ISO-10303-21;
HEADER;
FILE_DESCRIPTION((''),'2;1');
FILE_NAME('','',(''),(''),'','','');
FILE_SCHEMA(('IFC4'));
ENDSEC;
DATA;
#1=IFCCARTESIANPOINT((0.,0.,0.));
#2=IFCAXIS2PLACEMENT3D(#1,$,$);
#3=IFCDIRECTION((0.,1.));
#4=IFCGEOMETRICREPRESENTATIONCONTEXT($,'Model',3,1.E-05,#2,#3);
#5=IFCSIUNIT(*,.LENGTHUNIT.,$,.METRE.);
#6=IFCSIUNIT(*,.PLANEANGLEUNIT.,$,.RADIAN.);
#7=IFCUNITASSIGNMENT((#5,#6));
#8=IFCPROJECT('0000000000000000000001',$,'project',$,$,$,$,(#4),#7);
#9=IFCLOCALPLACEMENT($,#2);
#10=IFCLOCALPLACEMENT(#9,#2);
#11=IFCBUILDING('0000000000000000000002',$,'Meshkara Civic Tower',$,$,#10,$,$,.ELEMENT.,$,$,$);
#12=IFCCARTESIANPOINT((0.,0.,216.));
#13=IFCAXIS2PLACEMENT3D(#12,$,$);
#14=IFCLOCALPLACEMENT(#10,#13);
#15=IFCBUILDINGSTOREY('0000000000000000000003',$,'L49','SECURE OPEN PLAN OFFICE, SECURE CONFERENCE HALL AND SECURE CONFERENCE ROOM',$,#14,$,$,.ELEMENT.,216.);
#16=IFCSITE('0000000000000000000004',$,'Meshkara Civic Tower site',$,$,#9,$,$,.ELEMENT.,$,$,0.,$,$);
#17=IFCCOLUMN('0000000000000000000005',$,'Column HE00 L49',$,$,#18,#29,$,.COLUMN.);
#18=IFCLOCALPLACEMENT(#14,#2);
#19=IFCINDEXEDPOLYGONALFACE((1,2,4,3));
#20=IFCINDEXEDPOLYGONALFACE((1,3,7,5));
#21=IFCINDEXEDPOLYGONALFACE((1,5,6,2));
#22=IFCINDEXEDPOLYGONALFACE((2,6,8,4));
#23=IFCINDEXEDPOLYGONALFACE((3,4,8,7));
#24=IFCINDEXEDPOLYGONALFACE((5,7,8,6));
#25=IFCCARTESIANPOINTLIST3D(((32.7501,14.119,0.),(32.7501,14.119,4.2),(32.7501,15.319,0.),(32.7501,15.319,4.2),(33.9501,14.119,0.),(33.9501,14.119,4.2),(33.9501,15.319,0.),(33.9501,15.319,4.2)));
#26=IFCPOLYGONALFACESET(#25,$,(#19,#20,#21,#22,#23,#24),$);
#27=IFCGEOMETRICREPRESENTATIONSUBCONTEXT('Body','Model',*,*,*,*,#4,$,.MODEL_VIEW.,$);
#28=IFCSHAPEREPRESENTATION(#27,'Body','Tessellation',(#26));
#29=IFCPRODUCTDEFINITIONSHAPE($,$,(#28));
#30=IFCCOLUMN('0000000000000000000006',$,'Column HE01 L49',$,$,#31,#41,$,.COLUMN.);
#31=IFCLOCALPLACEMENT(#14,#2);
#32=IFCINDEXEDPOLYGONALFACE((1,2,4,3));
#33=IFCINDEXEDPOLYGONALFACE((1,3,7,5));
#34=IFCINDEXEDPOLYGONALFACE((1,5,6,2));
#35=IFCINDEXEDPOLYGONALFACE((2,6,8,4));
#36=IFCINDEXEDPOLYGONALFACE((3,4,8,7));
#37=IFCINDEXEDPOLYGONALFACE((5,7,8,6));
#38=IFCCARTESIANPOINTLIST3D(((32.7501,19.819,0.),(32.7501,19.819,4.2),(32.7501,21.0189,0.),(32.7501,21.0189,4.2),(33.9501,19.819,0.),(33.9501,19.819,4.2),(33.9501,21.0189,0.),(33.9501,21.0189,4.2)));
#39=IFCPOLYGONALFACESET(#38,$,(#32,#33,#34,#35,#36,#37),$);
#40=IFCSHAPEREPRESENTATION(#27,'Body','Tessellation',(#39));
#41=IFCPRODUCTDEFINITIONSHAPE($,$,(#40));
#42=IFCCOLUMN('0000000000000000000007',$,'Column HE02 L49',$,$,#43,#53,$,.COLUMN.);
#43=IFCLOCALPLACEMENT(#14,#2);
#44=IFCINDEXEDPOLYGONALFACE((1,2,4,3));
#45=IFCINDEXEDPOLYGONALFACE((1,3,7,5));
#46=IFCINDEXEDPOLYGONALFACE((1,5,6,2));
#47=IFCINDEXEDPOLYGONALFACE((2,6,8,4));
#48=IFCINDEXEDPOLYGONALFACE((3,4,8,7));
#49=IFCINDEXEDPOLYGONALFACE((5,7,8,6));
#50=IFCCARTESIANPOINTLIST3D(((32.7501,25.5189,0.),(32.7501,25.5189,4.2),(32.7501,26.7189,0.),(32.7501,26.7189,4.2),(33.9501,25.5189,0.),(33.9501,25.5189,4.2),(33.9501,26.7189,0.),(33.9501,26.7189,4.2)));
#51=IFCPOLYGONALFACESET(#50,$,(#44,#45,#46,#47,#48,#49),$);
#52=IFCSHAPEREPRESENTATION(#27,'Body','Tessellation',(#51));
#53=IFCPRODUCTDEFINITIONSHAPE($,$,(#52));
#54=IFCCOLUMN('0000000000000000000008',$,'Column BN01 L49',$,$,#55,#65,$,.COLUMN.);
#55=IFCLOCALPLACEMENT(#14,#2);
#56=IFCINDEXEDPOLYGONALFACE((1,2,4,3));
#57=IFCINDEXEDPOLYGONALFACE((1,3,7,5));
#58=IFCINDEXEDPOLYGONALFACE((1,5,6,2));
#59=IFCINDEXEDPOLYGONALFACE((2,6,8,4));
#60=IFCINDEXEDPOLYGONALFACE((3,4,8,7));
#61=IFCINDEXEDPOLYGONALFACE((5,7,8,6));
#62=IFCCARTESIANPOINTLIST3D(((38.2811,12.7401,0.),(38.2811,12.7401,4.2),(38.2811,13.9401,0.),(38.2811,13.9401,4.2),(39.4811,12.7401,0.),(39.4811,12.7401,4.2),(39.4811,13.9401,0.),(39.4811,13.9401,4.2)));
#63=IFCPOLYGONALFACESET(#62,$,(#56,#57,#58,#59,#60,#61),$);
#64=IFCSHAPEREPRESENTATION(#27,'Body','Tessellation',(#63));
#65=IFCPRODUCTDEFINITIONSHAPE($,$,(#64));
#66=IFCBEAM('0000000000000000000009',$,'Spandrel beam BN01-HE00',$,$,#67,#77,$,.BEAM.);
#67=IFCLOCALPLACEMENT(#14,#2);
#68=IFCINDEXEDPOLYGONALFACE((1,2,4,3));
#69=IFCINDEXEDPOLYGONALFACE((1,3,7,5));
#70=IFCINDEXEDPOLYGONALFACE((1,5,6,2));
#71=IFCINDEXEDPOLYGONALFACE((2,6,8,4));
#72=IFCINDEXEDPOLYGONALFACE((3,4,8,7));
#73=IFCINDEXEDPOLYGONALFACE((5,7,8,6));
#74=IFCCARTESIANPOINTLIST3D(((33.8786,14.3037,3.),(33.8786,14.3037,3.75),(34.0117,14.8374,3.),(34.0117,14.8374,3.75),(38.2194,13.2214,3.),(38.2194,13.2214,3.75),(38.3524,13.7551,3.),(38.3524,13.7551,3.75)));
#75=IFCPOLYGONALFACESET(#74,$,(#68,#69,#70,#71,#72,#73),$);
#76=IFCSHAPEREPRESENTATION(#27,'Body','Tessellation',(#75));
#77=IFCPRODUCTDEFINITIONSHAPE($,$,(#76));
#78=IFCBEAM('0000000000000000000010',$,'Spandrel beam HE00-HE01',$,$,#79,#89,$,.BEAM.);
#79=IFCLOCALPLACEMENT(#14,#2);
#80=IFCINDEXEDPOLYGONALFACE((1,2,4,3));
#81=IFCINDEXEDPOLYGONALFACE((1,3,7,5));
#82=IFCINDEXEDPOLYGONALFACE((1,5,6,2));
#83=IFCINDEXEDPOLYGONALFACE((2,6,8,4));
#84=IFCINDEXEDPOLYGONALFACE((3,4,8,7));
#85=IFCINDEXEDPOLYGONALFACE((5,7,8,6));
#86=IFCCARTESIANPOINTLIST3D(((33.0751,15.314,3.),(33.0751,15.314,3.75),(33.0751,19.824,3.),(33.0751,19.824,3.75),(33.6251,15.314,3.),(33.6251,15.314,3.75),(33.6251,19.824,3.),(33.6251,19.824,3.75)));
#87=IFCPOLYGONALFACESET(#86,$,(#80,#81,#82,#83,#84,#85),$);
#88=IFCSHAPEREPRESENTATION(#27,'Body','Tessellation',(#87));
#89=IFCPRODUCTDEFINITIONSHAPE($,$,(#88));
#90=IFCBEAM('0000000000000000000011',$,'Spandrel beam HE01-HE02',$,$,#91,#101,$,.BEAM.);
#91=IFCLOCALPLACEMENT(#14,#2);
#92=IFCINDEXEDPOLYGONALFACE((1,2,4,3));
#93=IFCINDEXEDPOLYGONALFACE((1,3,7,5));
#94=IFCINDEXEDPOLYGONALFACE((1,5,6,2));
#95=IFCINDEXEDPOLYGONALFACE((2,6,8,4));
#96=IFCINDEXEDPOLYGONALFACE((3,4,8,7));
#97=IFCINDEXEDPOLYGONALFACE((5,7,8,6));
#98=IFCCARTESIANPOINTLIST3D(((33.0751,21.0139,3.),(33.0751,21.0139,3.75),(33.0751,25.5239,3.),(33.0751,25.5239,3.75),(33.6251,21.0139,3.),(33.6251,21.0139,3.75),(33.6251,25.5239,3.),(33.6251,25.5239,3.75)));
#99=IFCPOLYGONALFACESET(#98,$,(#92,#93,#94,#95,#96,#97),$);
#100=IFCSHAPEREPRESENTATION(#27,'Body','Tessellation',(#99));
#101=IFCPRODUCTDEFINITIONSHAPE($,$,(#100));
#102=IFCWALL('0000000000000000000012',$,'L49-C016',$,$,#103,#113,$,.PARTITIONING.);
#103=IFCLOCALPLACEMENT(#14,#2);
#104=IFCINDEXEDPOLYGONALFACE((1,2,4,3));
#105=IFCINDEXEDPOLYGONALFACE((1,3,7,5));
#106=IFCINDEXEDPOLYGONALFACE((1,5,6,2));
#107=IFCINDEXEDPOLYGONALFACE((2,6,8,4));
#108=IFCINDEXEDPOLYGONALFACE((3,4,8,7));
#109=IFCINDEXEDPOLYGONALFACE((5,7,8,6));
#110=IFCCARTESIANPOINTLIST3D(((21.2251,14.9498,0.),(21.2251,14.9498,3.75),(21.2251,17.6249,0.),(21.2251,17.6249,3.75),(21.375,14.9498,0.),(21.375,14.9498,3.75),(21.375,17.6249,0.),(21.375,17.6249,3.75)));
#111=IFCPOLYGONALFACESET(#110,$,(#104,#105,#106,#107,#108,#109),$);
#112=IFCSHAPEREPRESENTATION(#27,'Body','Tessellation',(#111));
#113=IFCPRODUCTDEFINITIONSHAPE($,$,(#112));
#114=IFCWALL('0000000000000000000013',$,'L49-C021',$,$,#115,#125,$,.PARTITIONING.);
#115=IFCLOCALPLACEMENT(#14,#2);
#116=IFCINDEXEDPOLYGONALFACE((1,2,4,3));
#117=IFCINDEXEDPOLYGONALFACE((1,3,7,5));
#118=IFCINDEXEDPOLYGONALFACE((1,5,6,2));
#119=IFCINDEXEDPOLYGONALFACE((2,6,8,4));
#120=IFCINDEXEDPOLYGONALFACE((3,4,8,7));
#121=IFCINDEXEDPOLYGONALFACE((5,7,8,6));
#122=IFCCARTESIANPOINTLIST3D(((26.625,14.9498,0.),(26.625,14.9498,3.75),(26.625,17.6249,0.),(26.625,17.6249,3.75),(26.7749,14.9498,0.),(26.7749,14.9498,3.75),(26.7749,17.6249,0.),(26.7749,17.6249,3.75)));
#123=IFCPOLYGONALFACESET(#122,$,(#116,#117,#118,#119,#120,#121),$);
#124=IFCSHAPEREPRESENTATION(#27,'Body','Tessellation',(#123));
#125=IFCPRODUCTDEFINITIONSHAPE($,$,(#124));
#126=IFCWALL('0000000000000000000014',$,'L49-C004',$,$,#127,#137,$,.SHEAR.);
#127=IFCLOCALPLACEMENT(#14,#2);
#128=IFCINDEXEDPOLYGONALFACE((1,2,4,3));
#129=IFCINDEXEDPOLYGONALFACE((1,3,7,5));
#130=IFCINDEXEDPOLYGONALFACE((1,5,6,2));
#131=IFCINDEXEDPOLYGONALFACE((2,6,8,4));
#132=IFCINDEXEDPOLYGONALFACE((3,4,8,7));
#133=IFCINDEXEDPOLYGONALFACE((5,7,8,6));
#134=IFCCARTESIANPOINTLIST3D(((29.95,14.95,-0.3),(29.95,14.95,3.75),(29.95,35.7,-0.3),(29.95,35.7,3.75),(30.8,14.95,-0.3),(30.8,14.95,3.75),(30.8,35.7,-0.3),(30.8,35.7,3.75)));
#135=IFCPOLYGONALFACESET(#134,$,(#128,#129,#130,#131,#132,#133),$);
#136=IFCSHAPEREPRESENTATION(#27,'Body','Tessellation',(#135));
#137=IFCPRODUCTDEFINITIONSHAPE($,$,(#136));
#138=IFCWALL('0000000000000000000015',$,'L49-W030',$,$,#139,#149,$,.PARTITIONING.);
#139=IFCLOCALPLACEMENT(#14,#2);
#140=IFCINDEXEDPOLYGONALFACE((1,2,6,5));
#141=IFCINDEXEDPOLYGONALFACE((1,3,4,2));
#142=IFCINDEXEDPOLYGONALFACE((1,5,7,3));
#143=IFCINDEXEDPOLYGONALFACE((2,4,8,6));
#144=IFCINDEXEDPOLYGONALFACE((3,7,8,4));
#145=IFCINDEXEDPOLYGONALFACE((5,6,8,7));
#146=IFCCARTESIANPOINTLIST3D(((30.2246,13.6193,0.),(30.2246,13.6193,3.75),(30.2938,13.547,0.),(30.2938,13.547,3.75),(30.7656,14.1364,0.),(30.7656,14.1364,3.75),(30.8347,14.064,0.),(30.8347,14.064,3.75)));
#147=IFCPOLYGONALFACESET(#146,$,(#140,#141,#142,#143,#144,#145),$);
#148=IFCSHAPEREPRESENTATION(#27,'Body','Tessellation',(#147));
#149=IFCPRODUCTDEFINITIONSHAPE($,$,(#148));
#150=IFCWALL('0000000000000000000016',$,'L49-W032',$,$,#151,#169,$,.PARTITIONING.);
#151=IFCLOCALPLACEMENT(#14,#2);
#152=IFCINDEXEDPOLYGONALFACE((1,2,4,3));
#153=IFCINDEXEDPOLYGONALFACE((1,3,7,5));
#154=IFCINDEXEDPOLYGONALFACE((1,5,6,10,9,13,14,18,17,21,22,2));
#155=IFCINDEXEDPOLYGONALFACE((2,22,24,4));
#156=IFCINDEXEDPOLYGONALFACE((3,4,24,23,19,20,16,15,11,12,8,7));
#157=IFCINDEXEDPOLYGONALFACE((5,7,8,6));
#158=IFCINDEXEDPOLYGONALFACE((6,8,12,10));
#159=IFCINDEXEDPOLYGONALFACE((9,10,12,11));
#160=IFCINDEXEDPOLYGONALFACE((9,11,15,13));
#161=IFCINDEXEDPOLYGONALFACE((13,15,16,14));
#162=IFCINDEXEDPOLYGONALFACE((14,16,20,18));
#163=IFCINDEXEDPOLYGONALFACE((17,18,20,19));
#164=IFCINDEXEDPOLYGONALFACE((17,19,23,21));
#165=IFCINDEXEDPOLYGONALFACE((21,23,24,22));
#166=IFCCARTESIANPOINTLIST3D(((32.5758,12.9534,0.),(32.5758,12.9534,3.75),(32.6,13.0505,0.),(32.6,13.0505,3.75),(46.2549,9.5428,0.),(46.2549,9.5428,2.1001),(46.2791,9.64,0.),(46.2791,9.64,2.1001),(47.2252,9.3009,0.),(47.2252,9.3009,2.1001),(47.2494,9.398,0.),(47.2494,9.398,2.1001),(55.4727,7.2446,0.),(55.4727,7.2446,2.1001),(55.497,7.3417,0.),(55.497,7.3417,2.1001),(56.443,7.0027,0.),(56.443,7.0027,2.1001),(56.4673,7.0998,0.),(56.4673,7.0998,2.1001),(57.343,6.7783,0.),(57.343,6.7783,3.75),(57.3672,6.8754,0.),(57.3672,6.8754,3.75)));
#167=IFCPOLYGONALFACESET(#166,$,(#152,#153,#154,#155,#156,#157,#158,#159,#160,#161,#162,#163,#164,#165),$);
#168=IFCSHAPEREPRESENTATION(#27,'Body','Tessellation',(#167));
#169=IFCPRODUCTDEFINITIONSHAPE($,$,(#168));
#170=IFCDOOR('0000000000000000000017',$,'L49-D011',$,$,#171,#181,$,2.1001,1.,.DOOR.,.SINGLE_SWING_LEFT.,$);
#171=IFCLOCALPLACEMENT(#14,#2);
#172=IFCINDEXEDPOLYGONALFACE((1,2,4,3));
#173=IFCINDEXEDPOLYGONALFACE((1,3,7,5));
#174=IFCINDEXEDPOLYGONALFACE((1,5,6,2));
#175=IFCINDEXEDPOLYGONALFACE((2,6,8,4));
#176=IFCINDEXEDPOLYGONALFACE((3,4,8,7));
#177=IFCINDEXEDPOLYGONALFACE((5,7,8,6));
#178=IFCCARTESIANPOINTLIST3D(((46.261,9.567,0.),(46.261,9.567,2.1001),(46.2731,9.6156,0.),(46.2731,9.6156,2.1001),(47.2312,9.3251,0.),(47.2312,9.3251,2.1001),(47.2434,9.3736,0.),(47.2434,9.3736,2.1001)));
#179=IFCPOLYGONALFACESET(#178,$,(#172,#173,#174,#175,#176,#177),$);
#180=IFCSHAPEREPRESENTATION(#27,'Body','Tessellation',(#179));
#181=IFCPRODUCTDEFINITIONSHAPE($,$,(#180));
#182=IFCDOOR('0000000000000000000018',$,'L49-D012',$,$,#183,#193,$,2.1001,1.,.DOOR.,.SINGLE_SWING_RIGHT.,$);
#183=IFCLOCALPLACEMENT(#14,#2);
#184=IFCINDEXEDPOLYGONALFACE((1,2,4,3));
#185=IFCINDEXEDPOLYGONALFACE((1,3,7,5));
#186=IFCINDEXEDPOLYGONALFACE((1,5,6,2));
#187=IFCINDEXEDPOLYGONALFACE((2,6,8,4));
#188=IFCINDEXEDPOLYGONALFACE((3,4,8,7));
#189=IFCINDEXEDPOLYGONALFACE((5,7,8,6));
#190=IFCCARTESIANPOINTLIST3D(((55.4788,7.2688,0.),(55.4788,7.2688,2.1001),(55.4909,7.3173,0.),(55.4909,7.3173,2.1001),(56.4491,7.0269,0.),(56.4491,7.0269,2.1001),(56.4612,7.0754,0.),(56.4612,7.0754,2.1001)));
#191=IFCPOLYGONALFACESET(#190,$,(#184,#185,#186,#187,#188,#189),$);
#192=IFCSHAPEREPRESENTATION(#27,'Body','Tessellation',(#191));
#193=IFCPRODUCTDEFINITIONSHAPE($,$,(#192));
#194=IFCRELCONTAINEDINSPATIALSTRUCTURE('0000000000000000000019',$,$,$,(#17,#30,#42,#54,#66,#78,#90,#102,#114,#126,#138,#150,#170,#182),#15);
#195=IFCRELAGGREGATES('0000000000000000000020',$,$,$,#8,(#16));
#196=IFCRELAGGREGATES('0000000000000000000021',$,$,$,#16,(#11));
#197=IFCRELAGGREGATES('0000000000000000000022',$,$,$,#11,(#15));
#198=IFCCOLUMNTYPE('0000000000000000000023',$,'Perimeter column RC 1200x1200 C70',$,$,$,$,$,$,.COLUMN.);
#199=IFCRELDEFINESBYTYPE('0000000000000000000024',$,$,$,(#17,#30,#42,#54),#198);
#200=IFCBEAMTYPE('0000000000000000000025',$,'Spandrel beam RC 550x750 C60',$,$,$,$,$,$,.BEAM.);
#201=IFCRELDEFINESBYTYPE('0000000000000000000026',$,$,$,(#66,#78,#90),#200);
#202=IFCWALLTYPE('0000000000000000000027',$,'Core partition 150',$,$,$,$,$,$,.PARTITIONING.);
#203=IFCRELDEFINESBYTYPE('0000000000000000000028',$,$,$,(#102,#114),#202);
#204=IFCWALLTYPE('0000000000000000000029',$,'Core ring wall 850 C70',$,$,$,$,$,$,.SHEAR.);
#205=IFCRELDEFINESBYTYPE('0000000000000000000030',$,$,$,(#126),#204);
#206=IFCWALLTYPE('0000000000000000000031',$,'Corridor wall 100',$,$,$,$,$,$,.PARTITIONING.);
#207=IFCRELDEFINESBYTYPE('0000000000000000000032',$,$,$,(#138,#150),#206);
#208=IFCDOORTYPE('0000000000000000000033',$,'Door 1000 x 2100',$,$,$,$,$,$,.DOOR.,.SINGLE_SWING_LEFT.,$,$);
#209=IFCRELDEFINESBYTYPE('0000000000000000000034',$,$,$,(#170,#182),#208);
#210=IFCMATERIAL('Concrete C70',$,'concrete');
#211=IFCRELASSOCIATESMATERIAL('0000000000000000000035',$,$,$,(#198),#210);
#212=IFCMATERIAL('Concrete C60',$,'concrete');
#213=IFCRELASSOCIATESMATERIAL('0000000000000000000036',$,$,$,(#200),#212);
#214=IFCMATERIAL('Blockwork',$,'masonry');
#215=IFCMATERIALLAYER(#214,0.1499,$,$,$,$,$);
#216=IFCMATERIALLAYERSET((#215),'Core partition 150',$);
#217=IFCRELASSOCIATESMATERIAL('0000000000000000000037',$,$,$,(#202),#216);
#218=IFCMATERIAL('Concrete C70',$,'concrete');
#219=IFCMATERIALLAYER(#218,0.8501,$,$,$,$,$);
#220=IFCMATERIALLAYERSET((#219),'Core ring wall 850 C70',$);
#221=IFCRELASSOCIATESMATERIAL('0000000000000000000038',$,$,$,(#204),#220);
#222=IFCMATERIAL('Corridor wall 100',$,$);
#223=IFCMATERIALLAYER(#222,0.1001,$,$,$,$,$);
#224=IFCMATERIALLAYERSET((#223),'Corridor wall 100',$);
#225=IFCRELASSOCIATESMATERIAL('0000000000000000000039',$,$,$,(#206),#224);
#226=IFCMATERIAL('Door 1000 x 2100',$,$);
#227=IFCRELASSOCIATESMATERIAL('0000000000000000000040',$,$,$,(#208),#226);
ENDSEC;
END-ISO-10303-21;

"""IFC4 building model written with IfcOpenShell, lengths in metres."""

from ifc_helpers import new_model, si_unit, direction, frame, frame_2d, origin, origin_2d, place, context, subcontext, project, spatial, rectangle, extrude, material, layer, layer_set, material_profile, profile_set, type_object, element, fill, save


model = new_model("IFC4")

# Units and contexts
model_context = context("Model", 3, precision=1e-05, world=origin(), true_north=direction((0.0, 1.0)))
body_context = subcontext(model_context, "Body", "Model", "MODEL_VIEW")
ifc_project = project(units=[si_unit("LENGTHUNIT", "METRE"), si_unit("PLANEANGLEUNIT", "RADIAN")], contexts=[model_context])

# Site, building, storey
site_placement = place(None, origin())
site = spatial("IfcSite", under=ifc_project, at=site_placement, Name="Meshkara Civic Tower site", CompositionType="ELEMENT", RefElevation=0.0)
building_placement = place(site_placement, origin())
building = spatial("IfcBuilding", under=site, at=building_placement, Name="Meshkara Civic Tower", CompositionType="ELEMENT")
storey_placement = place(building_placement, frame((0.0, 0.0, 216.0)))
storey = spatial("IfcBuildingStorey", under=building, at=storey_placement, Name="L49", Description="SECURE OPEN PLAN OFFICE, SECURE CONFERENCE HALL AND SECURE CONFERENCE ROOM", CompositionType="ELEMENT", Elevation=216.0)

# Columns
ifc_material_1 = material(Name="Concrete C70", Category="concrete")
ifc_material_profile_1 = material_profile(ifc_material_1, rectangle(XDim=1.2, YDim=1.2, at=origin_2d()))
ifc_profile_set_1 = profile_set([ifc_material_profile_1], Name="Concrete C70")
column_type = type_object("IfcColumnType", Name="Perimeter column RC 1200x1200 C70", PredefinedType="COLUMN", material=ifc_profile_set_1)
for number, where, z_axis, x_axis, name in (
    (1, (33.3501, 14.719, 0.0), (0.0, 0.0, 1.0), (1.0, 0.0, 0.0), "Column HE00 L49"),
    (2, (33.3501, 20.4189, 0.0), (0.0, 0.0, 1.0), (1.0, 0.0, 0.0), "Column HE01 L49"),
    (3, (33.3501, 26.1189, 0.0), (0.0, 0.0, 1.0), (1.0, 0.0, 0.0), "Column HE02 L49"),
    (4, (38.8811, 13.3401, 0.0), (0.0, 0.0, 1.0), (1.0, 0.0, 0.0), "Column BN01 L49"),
):
    element("IfcColumn", number, at=place(storey_placement, frame(where, z_axis=z_axis, x_axis=x_axis)), inside=storey, type_object=column_type, Name=name, PredefinedType="COLUMN", context=body_context, shape_type="SweptSolid", body=[
        extrude(rectangle(XDim=1.2, YDim=1.2, at=origin_2d()), origin(), (0.0, 0.0, 1.0), 4.2),
    ])

# Beams
ifc_material_2 = material(Name="Concrete C60", Category="concrete")
ifc_material_profile_2 = material_profile(ifc_material_2, rectangle(XDim=0.55, YDim=0.75, at=origin_2d()))
ifc_profile_set_2 = profile_set([ifc_material_profile_2], Name="Concrete C60")
beam_type = type_object("IfcBeamType", Name="Spandrel beam RC 550x750 C60", PredefinedType="BEAM", material=ifc_profile_set_2)
beam_placement = place(storey_placement, frame((38.2859, 13.4883, 3.375), z_axis=(-0.970296, 0.241919, 0.0), x_axis=(-0.241919, -0.970296, 0.0)))
element("IfcBeam", 5, at=beam_placement, inside=storey, type_object=beam_type, Name="Spandrel beam BN01-HE00", PredefinedType="BEAM", context=body_context, shape_type="SweptSolid", body=[
    extrude(rectangle(XDim=0.55, YDim=0.75, at=origin_2d()), origin(), (0.0, 0.0, 1.0), 4.4736),
])
for number, where, z_axis, x_axis, name in (
    (6, (33.3501, 15.314, 3.375), (0.0, 1.0, 0.0), (-1.0, 0.0, 0.0), "Spandrel beam HE00-HE01"),
    (7, (33.3501, 21.0139, 3.375), (0.0, 1.0, 0.0), (-1.0, 0.0, 0.0), "Spandrel beam HE01-HE02"),
):
    element("IfcBeam", number, at=place(storey_placement, frame(where, z_axis=z_axis, x_axis=x_axis)), inside=storey, type_object=beam_type, Name=name, PredefinedType="BEAM", context=body_context, shape_type="SweptSolid", body=[
        extrude(rectangle(XDim=0.55, YDim=0.75, at=origin_2d()), origin(), (0.0, 0.0, 1.0), 4.51),
    ])

# Walls
ifc_material_3 = material(Name="Blockwork", Category="masonry")
ifc_layer_1 = layer(ifc_material_3, 0.1499)
ifc_layer_set_1 = layer_set([ifc_layer_1], Name="Core partition 150")
wall_type_1 = type_object("IfcWallType", Name="Core partition 150", PredefinedType="PARTITIONING", material=ifc_layer_set_1)
for number, where, z_axis, x_axis, name in (
    (8, (21.3, 14.95, 0.0), (0.0, 0.0, 1.0), (0.0, 1.0, 0.0), "L49-C016"),
    (9, (26.7, 14.95, 0.0), (0.0, 0.0, 1.0), (0.0, 1.0, 0.0), "L49-C021"),
):
    element("IfcWall", number, at=place(storey_placement, frame(where, z_axis=z_axis, x_axis=x_axis)), inside=storey, type_object=wall_type_1, Name=name, PredefinedType="PARTITIONING", context=body_context, shape_type="SweptSolid", body=[
        extrude(rectangle(XDim=2.675, YDim=0.1499, at=frame_2d((1.3374, 0.0))), origin(), (0.0, 0.0, 1.0), 3.75),
    ])
ifc_material_4 = material(Name="Concrete C70", Category="concrete")
ifc_layer_2 = layer(ifc_material_4, 0.8501)
ifc_layer_set_2 = layer_set([ifc_layer_2], Name="Core ring wall 850 C70")
wall_type_2 = type_object("IfcWallType", Name="Core ring wall 850 C70", PredefinedType="SHEAR", material=ifc_layer_set_2)
wall_1_placement = place(storey_placement, frame((30.375, 14.95, -0.3), z_axis=(0.0, 0.0, 1.0), x_axis=(0.0, 1.0, 0.0)))
element("IfcWall", 10, at=wall_1_placement, inside=storey, type_object=wall_type_2, Name="L49-C004", PredefinedType="SHEAR", context=body_context, shape_type="SweptSolid", body=[
    extrude(rectangle(XDim=20.75, YDim=0.8501, at=frame_2d((10.375, 0.0))), origin(), (0.0, 0.0, 1.0), 4.05),
])
ifc_material_5 = material(Name="Corridor wall 100")
ifc_layer_3 = layer(ifc_material_5, 0.1001)
ifc_layer_set_3 = layer_set([ifc_layer_3], Name="Corridor wall 100")
wall_type_3 = type_object("IfcWallType", Name="Corridor wall 100", PredefinedType="PARTITIONING", material=ifc_layer_set_3)
wall_2_placement = place(storey_placement, frame((30.8, 14.1001, 0.0), z_axis=(0.0, 0.0, 1.0), x_axis=(-0.722911, -0.690941, 0.0)))
element("IfcWall", 11, at=wall_2_placement, inside=storey, type_object=wall_type_3, Name="L49-W030", PredefinedType="PARTITIONING", context=body_context, shape_type="SweptSolid", body=[
    extrude(rectangle(XDim=0.7483, YDim=0.1001, at=frame_2d((0.374, 0.0))), origin(), (0.0, 0.0, 1.0), 3.75),
])

# Wall, openings, doors
wall_3_placement = place(storey_placement, frame((32.5879, 13.002, 0.0), z_axis=(0.0, 0.0, 1.0), x_axis=(0.970296, -0.241919, 0.0)))
wall_3 = element("IfcWall", 12, at=wall_3_placement, inside=storey, type_object=wall_type_3, Name="L49-W032", PredefinedType="PARTITIONING", context=body_context, shape_type="SweptSolid", body=[
    extrude(rectangle(XDim=25.5254, YDim=0.1001, at=frame_2d((12.7627, 0.0))), origin(), (0.0, 0.0, 1.0), 3.75),
])
opening_1_placement = place(wall_3_placement, frame((14.0979, 0.0, 0.0)))
opening_1 = element("IfcOpeningElement", 13, at=opening_1_placement, cuts=wall_3, PredefinedType="OPENING", context=body_context, shape_type="SweptSolid", body=[
    extrude(rectangle(XDim=1.0, YDim=2.1001, at=frame_2d((0.5, 1.05))), frame((0.0, 0.0601, 0.0), z_axis=(0.0, -1.0, 0.0), x_axis=(1.0, 0.0, 0.0)), (0.0, 0.0, 1.0), 0.1201),
])
opening_2_placement = place(wall_3_placement, frame((23.5979, 0.0, 0.0)))
opening_2 = element("IfcOpeningElement", 14, at=opening_2_placement, cuts=wall_3, PredefinedType="OPENING", context=body_context, shape_type="SweptSolid", body=[
    extrude(rectangle(XDim=1.0, YDim=2.1001, at=frame_2d((0.5, 1.05))), frame((0.0, 0.0601, 0.0), z_axis=(0.0, -1.0, 0.0), x_axis=(1.0, 0.0, 0.0)), (0.0, 0.0, 1.0), 0.1201),
])
ifc_material_6 = material(Name="Door 1000 x 2100")
door_type_1 = type_object("IfcDoorType", Name="Door 1000 x 2100", OperationType="SINGLE_SWING_LEFT", PredefinedType="DOOR", material=ifc_material_6)
door_1_placement = place(opening_1_placement, origin())
door_1 = element("IfcDoor", 15, at=door_1_placement, inside=storey, type_object=door_type_1, Name="L49-D011", OperationType="SINGLE_SWING_LEFT", OverallHeight=2.1001, OverallWidth=1.0, PredefinedType="DOOR", context=body_context, shape_type="SweptSolid", body=[
    extrude(rectangle(XDim=1.0, YDim=2.1001, at=frame_2d((0.5, 1.05))), frame((0.0, 0.0249, 0.0), z_axis=(0.0, -1.0, 0.0), x_axis=(1.0, 0.0, 0.0)), (0.0, 0.0, 1.0), 0.05),
])
fill(opening_1, door_1)
door_2_placement = place(opening_2_placement, origin())
door_2 = element("IfcDoor", 16, at=door_2_placement, inside=storey, type_object=door_type_1, Name="L49-D012", OperationType="SINGLE_SWING_RIGHT", OverallHeight=2.1001, OverallWidth=1.0, PredefinedType="DOOR", context=body_context, shape_type="SweptSolid", body=[
    extrude(rectangle(XDim=1.0, YDim=2.1001, at=frame_2d((0.5, 1.05))), frame((0.0, 0.0249, 0.0), z_axis=(0.0, -1.0, 0.0), x_axis=(1.0, 0.0, 0.0)), (0.0, 0.0, 1.0), 0.05),
])
fill(opening_2, door_2)

save(model, "model.ifc")
